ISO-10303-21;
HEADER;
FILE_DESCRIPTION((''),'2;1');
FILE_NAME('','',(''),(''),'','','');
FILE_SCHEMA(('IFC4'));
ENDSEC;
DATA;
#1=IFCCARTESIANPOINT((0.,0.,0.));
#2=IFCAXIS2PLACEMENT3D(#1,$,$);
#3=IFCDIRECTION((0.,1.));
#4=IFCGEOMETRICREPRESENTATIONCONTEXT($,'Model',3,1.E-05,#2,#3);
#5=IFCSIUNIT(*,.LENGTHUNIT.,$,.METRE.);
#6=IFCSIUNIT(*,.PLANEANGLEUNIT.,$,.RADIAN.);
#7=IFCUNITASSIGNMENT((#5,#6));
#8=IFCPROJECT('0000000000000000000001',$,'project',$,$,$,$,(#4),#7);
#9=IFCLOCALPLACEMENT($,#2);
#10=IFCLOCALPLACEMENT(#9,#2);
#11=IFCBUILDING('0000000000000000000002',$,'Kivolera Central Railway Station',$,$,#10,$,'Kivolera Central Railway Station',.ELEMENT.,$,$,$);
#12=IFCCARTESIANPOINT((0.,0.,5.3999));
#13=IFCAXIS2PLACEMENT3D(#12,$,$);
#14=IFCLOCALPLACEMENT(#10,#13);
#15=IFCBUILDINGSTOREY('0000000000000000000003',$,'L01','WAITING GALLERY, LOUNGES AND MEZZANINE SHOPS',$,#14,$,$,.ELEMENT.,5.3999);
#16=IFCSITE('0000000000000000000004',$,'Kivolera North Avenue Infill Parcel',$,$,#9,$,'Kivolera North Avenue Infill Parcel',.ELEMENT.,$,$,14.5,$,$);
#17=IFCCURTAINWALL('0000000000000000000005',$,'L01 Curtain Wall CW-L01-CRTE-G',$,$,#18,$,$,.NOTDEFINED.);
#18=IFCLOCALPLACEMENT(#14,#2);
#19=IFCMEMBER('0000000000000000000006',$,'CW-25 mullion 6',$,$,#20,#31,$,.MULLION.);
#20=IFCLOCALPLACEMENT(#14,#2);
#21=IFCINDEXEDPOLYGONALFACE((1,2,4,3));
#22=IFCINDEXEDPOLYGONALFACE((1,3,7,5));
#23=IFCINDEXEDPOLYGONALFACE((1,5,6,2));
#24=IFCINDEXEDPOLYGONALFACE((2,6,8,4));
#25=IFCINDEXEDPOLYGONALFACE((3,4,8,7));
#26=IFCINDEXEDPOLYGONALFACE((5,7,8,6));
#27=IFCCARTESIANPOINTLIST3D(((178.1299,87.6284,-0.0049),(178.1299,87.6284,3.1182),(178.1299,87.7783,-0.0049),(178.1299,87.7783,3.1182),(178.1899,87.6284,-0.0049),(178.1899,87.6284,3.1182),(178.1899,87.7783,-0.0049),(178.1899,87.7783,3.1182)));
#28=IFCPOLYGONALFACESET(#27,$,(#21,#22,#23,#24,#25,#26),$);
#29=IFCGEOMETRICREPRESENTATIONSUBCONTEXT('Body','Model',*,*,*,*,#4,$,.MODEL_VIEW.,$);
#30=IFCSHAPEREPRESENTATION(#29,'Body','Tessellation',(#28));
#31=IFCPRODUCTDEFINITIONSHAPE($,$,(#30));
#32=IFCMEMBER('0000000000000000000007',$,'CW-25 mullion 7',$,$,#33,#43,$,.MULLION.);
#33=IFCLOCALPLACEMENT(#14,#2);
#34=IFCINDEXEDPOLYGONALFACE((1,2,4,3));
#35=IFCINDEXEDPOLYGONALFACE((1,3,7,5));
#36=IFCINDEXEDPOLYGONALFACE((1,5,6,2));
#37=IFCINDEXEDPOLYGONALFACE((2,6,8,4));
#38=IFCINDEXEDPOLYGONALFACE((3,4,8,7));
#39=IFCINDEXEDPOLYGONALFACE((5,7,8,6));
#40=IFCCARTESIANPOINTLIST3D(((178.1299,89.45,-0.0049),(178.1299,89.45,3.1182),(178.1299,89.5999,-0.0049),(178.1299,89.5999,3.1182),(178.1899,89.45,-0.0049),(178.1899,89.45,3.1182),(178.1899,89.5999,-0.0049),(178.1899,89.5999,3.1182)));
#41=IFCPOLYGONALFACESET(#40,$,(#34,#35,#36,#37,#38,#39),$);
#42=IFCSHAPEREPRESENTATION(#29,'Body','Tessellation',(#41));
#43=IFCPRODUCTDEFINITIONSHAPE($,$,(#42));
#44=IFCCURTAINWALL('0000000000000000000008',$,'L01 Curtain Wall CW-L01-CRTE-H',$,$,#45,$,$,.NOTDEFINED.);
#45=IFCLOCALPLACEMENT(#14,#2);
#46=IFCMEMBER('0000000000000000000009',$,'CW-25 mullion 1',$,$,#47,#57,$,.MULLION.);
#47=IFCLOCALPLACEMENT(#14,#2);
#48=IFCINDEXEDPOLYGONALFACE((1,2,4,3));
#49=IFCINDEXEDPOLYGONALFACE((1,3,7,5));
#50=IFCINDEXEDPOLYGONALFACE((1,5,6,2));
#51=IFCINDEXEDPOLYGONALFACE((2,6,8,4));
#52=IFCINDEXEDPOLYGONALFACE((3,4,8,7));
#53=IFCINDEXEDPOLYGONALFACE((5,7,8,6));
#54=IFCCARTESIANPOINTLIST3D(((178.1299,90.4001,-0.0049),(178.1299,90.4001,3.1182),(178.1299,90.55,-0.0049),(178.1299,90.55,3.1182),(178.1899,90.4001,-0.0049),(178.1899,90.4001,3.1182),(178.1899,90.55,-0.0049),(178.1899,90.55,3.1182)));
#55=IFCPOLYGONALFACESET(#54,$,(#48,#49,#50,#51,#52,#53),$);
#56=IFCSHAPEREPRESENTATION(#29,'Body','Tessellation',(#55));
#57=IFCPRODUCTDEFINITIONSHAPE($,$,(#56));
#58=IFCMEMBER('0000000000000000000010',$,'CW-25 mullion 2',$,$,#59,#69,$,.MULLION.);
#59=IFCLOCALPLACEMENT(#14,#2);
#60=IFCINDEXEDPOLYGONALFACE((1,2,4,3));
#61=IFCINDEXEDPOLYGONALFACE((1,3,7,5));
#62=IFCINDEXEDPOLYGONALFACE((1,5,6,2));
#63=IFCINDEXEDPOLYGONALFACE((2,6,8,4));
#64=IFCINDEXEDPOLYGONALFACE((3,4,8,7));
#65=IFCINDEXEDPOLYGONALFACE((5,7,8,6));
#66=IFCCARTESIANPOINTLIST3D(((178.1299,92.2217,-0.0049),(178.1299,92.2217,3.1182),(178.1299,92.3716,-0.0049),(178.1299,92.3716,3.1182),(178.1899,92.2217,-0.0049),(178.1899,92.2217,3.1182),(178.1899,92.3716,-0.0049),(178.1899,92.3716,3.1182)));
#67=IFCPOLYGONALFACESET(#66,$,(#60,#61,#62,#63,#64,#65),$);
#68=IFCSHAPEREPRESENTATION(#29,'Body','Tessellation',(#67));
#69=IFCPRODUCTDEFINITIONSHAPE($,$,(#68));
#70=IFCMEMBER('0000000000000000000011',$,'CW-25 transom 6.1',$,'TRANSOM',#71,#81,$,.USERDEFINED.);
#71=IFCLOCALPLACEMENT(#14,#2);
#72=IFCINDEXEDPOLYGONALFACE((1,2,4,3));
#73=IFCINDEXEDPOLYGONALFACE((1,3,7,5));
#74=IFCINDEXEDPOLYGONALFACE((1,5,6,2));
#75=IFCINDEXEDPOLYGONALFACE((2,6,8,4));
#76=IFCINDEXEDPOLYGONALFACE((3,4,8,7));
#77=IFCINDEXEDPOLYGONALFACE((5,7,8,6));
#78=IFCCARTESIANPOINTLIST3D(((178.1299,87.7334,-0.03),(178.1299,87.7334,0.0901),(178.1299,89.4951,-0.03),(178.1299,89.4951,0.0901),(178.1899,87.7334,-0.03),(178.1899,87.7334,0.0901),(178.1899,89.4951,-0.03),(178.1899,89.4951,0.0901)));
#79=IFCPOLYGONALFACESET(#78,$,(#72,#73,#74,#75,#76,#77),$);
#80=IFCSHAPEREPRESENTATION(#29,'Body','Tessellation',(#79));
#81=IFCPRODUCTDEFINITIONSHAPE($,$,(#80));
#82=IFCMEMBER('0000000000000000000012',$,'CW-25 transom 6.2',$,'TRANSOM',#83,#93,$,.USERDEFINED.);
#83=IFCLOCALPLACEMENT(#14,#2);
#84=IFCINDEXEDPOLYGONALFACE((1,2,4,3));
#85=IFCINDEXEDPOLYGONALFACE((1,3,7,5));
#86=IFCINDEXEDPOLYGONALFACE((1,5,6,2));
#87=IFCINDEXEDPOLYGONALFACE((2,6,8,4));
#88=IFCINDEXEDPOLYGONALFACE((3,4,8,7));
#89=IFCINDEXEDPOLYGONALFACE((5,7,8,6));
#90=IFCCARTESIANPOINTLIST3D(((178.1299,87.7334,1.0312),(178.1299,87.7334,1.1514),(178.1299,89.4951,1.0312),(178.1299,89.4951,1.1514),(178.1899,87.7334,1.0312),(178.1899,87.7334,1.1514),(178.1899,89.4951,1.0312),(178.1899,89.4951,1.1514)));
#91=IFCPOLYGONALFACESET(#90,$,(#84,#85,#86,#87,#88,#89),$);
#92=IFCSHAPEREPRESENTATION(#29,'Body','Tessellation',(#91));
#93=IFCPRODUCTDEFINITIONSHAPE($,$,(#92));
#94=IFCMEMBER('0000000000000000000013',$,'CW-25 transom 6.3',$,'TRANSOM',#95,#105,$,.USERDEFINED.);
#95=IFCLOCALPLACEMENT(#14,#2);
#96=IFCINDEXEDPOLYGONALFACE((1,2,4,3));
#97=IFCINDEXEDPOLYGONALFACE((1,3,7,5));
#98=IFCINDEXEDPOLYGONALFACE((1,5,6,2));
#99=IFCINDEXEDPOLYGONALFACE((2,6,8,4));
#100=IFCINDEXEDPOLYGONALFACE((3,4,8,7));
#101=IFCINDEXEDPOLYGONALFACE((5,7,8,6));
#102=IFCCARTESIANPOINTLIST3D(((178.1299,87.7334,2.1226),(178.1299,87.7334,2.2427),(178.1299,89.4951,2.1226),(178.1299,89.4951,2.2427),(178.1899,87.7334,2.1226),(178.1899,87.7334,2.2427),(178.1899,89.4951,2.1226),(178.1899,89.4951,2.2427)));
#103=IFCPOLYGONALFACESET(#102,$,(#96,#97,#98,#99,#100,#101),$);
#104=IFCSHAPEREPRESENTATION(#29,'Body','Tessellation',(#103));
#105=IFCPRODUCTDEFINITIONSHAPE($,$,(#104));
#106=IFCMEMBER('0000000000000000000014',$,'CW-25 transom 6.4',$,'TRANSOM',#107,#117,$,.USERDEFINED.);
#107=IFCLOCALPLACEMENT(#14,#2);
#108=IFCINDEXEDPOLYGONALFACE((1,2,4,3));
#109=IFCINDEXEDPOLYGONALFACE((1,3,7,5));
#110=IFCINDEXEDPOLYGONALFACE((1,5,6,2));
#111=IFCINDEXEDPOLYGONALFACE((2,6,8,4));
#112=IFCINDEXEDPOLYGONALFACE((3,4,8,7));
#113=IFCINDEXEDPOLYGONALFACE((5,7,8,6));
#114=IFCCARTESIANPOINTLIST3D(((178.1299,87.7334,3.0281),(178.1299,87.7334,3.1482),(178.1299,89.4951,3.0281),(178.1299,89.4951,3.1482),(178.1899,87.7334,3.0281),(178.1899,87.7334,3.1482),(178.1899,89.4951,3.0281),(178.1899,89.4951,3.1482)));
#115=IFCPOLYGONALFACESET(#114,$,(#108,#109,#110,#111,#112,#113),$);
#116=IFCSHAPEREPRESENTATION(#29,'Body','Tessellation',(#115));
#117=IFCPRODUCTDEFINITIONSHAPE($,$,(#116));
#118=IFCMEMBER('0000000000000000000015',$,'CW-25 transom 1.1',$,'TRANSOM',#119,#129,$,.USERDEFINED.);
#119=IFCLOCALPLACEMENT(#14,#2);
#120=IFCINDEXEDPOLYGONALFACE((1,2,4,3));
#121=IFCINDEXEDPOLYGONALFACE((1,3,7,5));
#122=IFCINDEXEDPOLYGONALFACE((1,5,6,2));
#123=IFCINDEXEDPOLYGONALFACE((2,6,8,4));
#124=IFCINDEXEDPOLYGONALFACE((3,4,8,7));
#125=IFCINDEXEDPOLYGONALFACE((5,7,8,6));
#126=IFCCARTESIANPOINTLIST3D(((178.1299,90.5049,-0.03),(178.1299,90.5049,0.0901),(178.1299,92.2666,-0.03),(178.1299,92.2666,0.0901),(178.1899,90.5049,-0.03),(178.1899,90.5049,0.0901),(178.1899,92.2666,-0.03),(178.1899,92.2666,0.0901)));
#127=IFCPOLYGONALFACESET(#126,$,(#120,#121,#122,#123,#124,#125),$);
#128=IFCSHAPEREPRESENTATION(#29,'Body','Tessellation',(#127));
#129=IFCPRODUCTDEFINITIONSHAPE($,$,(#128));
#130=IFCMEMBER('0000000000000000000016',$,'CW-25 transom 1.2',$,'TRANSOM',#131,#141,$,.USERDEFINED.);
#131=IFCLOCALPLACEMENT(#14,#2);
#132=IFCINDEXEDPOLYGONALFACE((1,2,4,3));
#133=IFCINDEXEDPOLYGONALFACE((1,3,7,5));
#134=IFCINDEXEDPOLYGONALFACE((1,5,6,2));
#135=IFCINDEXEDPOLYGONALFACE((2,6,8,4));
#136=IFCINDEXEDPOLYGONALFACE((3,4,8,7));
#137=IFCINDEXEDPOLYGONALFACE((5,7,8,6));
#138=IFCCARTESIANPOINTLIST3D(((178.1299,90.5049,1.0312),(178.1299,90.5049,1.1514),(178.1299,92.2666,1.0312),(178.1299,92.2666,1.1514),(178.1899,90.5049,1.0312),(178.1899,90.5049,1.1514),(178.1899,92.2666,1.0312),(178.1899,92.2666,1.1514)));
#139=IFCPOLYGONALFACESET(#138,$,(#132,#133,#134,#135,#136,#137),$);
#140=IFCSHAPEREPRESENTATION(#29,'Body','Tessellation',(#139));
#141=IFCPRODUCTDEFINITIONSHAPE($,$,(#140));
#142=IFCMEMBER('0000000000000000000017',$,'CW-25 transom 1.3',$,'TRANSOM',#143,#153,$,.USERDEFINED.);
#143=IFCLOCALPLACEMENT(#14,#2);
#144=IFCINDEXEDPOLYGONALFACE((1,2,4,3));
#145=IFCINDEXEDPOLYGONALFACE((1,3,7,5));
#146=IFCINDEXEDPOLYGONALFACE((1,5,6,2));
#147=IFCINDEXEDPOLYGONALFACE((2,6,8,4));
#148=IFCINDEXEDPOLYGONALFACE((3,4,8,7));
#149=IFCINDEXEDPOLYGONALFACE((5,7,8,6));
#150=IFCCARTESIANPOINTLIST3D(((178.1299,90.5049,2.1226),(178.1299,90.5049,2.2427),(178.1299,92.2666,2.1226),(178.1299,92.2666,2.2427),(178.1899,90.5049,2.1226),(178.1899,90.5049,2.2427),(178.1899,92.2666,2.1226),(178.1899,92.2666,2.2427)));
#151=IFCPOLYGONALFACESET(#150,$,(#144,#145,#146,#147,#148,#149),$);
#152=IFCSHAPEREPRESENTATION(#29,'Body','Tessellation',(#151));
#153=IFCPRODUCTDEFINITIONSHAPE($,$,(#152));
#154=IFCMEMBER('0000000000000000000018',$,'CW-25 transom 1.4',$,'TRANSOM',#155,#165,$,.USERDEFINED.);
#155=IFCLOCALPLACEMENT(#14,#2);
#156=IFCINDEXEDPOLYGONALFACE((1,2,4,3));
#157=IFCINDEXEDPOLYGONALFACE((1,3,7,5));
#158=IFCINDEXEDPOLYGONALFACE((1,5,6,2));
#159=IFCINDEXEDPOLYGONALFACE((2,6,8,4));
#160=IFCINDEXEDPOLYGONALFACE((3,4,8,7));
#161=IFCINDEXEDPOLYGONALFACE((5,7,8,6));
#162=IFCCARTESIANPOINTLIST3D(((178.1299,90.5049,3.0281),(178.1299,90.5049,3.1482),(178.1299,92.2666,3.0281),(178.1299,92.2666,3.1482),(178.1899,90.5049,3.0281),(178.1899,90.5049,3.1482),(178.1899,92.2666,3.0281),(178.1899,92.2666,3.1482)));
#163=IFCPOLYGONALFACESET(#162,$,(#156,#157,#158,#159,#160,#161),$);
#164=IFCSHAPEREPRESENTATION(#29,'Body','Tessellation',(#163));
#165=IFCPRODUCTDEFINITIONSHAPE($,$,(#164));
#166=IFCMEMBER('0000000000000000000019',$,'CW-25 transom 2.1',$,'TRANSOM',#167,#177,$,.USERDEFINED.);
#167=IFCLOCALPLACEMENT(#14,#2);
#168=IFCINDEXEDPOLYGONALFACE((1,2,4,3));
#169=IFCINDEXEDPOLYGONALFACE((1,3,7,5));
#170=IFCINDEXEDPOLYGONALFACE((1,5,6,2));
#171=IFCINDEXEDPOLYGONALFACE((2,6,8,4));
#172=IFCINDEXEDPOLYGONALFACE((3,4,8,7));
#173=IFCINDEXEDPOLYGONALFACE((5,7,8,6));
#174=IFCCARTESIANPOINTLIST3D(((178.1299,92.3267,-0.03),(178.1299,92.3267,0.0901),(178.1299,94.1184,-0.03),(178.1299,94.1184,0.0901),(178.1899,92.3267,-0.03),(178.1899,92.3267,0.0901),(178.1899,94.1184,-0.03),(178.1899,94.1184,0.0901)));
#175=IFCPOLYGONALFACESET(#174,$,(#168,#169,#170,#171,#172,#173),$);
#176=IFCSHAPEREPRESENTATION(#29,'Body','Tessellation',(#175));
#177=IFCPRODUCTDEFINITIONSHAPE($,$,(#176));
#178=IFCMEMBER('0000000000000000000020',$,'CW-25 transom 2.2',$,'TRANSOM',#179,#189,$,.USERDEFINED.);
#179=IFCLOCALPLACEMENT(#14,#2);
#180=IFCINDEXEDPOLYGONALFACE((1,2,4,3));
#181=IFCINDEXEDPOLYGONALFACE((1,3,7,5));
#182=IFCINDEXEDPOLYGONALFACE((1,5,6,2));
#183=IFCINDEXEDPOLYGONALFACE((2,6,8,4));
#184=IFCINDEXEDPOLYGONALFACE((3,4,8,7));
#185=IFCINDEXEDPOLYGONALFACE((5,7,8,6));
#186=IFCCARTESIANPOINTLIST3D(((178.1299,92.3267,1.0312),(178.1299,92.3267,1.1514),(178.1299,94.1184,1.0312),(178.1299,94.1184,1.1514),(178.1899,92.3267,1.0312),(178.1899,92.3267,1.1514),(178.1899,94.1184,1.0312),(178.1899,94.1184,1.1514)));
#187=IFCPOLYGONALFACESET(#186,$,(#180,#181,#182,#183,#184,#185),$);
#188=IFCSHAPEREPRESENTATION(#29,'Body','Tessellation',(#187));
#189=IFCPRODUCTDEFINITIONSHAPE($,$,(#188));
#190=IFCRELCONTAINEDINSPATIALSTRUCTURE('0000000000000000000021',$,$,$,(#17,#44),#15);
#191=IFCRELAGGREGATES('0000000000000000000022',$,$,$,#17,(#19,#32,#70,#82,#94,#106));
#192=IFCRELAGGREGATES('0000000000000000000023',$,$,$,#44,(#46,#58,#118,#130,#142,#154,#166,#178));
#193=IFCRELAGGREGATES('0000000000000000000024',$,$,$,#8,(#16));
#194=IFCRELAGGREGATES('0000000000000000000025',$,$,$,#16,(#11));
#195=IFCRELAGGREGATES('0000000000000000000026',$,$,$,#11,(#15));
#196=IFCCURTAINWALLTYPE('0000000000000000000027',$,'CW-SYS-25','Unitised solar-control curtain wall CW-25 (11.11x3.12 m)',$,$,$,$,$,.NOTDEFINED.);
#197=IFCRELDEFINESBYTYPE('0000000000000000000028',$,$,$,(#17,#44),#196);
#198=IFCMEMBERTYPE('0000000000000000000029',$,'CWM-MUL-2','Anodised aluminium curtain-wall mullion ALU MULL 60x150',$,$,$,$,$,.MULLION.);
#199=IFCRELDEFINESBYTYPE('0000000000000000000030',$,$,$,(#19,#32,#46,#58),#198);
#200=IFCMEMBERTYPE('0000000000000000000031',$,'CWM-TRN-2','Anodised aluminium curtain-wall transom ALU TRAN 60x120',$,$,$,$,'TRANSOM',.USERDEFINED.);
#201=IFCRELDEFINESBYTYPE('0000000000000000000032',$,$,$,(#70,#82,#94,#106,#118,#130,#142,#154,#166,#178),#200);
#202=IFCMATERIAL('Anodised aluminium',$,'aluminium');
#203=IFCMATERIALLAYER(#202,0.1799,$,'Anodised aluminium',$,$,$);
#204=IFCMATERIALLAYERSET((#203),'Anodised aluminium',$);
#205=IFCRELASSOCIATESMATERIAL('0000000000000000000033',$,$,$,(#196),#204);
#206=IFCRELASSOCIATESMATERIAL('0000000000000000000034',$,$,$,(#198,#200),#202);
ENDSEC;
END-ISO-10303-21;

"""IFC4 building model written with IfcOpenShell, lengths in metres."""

from ifc_helpers import new_model, si_unit, direction, frame, origin, origin_2d, place, context, subcontext, project, spatial, rectangle, extrude, material, layer, layer_set, material_profile, profile_set, type_object, element, aggregate, save


model = new_model("IFC4")

# Units and contexts
model_context = context("Model", 3, precision=1e-05, world=origin(), true_north=direction((0.0, 1.0)))
body_context = subcontext(model_context, "Body", "Model", "MODEL_VIEW")
ifc_project = project(units=[si_unit("LENGTHUNIT", "METRE"), si_unit("PLANEANGLEUNIT", "RADIAN")], contexts=[model_context])

# Site, building, storey
site_placement = place(None, origin())
site = spatial("IfcSite", under=ifc_project, at=site_placement, Name="Kivolera North Avenue Infill Parcel", LongName="Kivolera North Avenue Infill Parcel", CompositionType="ELEMENT", RefElevation=14.5)
building_placement = place(site_placement, origin())
building = spatial("IfcBuilding", under=site, at=building_placement, Name="Kivolera Central Railway Station", LongName="Kivolera Central Railway Station", CompositionType="ELEMENT")
storey_placement = place(building_placement, frame((0.0, 0.0, 5.3999)))
storey = spatial("IfcBuildingStorey", under=building, at=storey_placement, Name="L01", Description="WAITING GALLERY, LOUNGES AND MEZZANINE SHOPS", CompositionType="ELEMENT", Elevation=5.3999)

# Curtain walls, members
ifc_material_1 = material(Name="Anodised aluminium", Category="aluminium")
ifc_layer_1 = layer(ifc_material_1, 0.1799, Name="Anodised aluminium")
ifc_layer_set_1 = layer_set([ifc_layer_1], Name="Anodised aluminium")
curtain_wall_type = type_object("IfcCurtainWallType", Name="CW-SYS-25", Description="Unitised solar-control curtain wall CW-25 (11.11x3.12 m)", PredefinedType="NOTDEFINED", material=ifc_layer_set_1)
curtain_wall_1_placement = place(storey_placement, origin())
curtain_wall_1 = element("IfcCurtainWall", 1, at=curtain_wall_1_placement, inside=storey, type_object=curtain_wall_type, Name="L01 Curtain Wall CW-L01-CRTE-G", PredefinedType="NOTDEFINED")
ifc_material_profile_1 = material_profile(ifc_material_1, rectangle(XDim=0.0601, YDim=0.1499, at=origin_2d()), Name="ALU MULL 60x150")
ifc_profile_set_1 = profile_set([ifc_material_profile_1], Name="Anodised aluminium")
member_type_1 = type_object("IfcMemberType", Name="CWM-MUL-2", Description="Anodised aluminium curtain-wall mullion ALU MULL 60x150", PredefinedType="MULLION", material=ifc_profile_set_1)
member_1_placement = place(storey_placement, frame((178.1599, 87.7034, -0.0049), z_axis=(0.0, 0.0, 1.0), x_axis=(-1.0, 0.0, 0.0)))
member_1 = element("IfcMember", 2, at=member_1_placement, type_object=member_type_1, Name="CW-25 mullion 6", PredefinedType="MULLION", context=body_context, shape_type="SweptSolid", body=[
    extrude(rectangle(XDim=0.0601, YDim=0.1499, at=origin_2d()), origin(), (0.0, 0.0, 1.0), 3.123),
])
member_2_placement = place(storey_placement, frame((178.1599, 89.5249, -0.0049), z_axis=(0.0, 0.0, 1.0), x_axis=(-1.0, 0.0, 0.0)))
member_2 = element("IfcMember", 3, at=member_2_placement, type_object=member_type_1, Name="CW-25 mullion 7", PredefinedType="MULLION", context=body_context, shape_type="SweptSolid", body=[
    extrude(rectangle(XDim=0.0601, YDim=0.1499, at=origin_2d()), origin(), (0.0, 0.0, 1.0), 3.123),
])
curtain_wall_2_placement = place(storey_placement, origin())
curtain_wall_2 = element("IfcCurtainWall", 4, at=curtain_wall_2_placement, inside=storey, type_object=curtain_wall_type, Name="L01 Curtain Wall CW-L01-CRTE-H", PredefinedType="NOTDEFINED")
member_3_placement = place(storey_placement, frame((178.1599, 90.4751, -0.0049), z_axis=(0.0, 0.0, 1.0), x_axis=(-1.0, 0.0, 0.0)))
member_3 = element("IfcMember", 5, at=member_3_placement, type_object=member_type_1, Name="CW-25 mullion 1", PredefinedType="MULLION", context=body_context, shape_type="SweptSolid", body=[
    extrude(rectangle(XDim=0.0601, YDim=0.1499, at=origin_2d()), origin(), (0.0, 0.0, 1.0), 3.123),
])
member_4_placement = place(storey_placement, frame((178.1599, 92.2966, -0.0049), z_axis=(0.0, 0.0, 1.0), x_axis=(-1.0, 0.0, 0.0)))
member_4 = element("IfcMember", 6, at=member_4_placement, type_object=member_type_1, Name="CW-25 mullion 2", PredefinedType="MULLION", context=body_context, shape_type="SweptSolid", body=[
    extrude(rectangle(XDim=0.0601, YDim=0.1499, at=origin_2d()), origin(), (0.0, 0.0, 1.0), 3.123),
])

# Members
ifc_material_profile_2 = material_profile(ifc_material_1, rectangle(XDim=0.0601, YDim=0.1201, at=origin_2d()), Name="ALU TRAN 60x120")
ifc_profile_set_2 = profile_set([ifc_material_profile_2], Name="Anodised aluminium")
member_type_2 = type_object("IfcMemberType", Name="CWM-TRN-2", Description="Anodised aluminium curtain-wall transom ALU TRAN 60x120", ElementType="TRANSOM", PredefinedType="USERDEFINED", material=ifc_profile_set_2)
member_5_placement = place(storey_placement, frame((178.1599, 87.7334, 0.03), z_axis=(0.0, 1.0, 0.0), x_axis=(-1.0, 0.0, 0.0)))
member_5 = element("IfcMember", 7, at=member_5_placement, type_object=member_type_2, Name="CW-25 transom 6.1", ObjectType="TRANSOM", PredefinedType="USERDEFINED", context=body_context, shape_type="SweptSolid", body=[
    extrude(rectangle(XDim=0.0601, YDim=0.1201, at=origin_2d()), origin(), (0.0, 0.0, 1.0), 1.7617),
])
member_6_placement = place(storey_placement, frame((178.1599, 87.7334, 1.0913), z_axis=(0.0, 1.0, 0.0), x_axis=(-1.0, 0.0, 0.0)))
member_6 = element("IfcMember", 8, at=member_6_placement, type_object=member_type_2, Name="CW-25 transom 6.2", ObjectType="TRANSOM", PredefinedType="USERDEFINED", context=body_context, shape_type="SweptSolid", body=[
    extrude(rectangle(XDim=0.0601, YDim=0.1201, at=origin_2d()), origin(), (0.0, 0.0, 1.0), 1.7617),
])
member_7_placement = place(storey_placement, frame((178.1599, 87.7334, 2.1826), z_axis=(0.0, 1.0, 0.0), x_axis=(-1.0, 0.0, 0.0)))
member_7 = element("IfcMember", 9, at=member_7_placement, type_object=member_type_2, Name="CW-25 transom 6.3", ObjectType="TRANSOM", PredefinedType="USERDEFINED", context=body_context, shape_type="SweptSolid", body=[
    extrude(rectangle(XDim=0.0601, YDim=0.1201, at=origin_2d()), origin(), (0.0, 0.0, 1.0), 1.7617),
])
member_8_placement = place(storey_placement, frame((178.1599, 87.7334, 3.0881), z_axis=(0.0, 1.0, 0.0), x_axis=(-1.0, 0.0, 0.0)))
member_8 = element("IfcMember", 10, at=member_8_placement, type_object=member_type_2, Name="CW-25 transom 6.4", ObjectType="TRANSOM", PredefinedType="USERDEFINED", context=body_context, shape_type="SweptSolid", body=[
    extrude(rectangle(XDim=0.0601, YDim=0.1201, at=origin_2d()), origin(), (0.0, 0.0, 1.0), 1.7617),
])
member_9_placement = place(storey_placement, frame((178.1599, 90.5049, 0.03), z_axis=(0.0, 1.0, 0.0), x_axis=(-1.0, 0.0, 0.0)))
member_9 = element("IfcMember", 11, at=member_9_placement, type_object=member_type_2, Name="CW-25 transom 1.1", ObjectType="TRANSOM", PredefinedType="USERDEFINED", context=body_context, shape_type="SweptSolid", body=[
    extrude(rectangle(XDim=0.0601, YDim=0.1201, at=origin_2d()), origin(), (0.0, 0.0, 1.0), 1.7617),
])
member_10_placement = place(storey_placement, frame((178.1599, 90.5049, 1.0913), z_axis=(0.0, 1.0, 0.0), x_axis=(-1.0, 0.0, 0.0)))
member_10 = element("IfcMember", 12, at=member_10_placement, type_object=member_type_2, Name="CW-25 transom 1.2", ObjectType="TRANSOM", PredefinedType="USERDEFINED", context=body_context, shape_type="SweptSolid", body=[
    extrude(rectangle(XDim=0.0601, YDim=0.1201, at=origin_2d()), origin(), (0.0, 0.0, 1.0), 1.7617),
])
member_11_placement = place(storey_placement, frame((178.1599, 90.5049, 2.1826), z_axis=(0.0, 1.0, 0.0), x_axis=(-1.0, 0.0, 0.0)))
member_11 = element("IfcMember", 13, at=member_11_placement, type_object=member_type_2, Name="CW-25 transom 1.3", ObjectType="TRANSOM", PredefinedType="USERDEFINED", context=body_context, shape_type="SweptSolid", body=[
    extrude(rectangle(XDim=0.0601, YDim=0.1201, at=origin_2d()), origin(), (0.0, 0.0, 1.0), 1.7617),
])
member_12_placement = place(storey_placement, frame((178.1599, 90.5049, 3.0881), z_axis=(0.0, 1.0, 0.0), x_axis=(-1.0, 0.0, 0.0)))
member_12 = element("IfcMember", 14, at=member_12_placement, type_object=member_type_2, Name="CW-25 transom 1.4", ObjectType="TRANSOM", PredefinedType="USERDEFINED", context=body_context, shape_type="SweptSolid", body=[
    extrude(rectangle(XDim=0.0601, YDim=0.1201, at=origin_2d()), origin(), (0.0, 0.0, 1.0), 1.7617),
])
member_13_placement = place(storey_placement, frame((178.1599, 92.3267, 0.03), z_axis=(0.0, 1.0, 0.0), x_axis=(-1.0, 0.0, 0.0)))
member_13 = element("IfcMember", 15, at=member_13_placement, type_object=member_type_2, Name="CW-25 transom 2.1", ObjectType="TRANSOM", PredefinedType="USERDEFINED", context=body_context, shape_type="SweptSolid", body=[
    extrude(rectangle(XDim=0.0601, YDim=0.1201, at=origin_2d()), origin(), (0.0, 0.0, 1.0), 1.7917),
])
member_14_placement = place(storey_placement, frame((178.1599, 92.3267, 1.0913), z_axis=(0.0, 1.0, 0.0), x_axis=(-1.0, 0.0, 0.0)))
member_14 = element("IfcMember", 16, at=member_14_placement, type_object=member_type_2, Name="CW-25 transom 2.2", ObjectType="TRANSOM", PredefinedType="USERDEFINED", context=body_context, shape_type="SweptSolid", body=[
    extrude(rectangle(XDim=0.0601, YDim=0.1201, at=origin_2d()), origin(), (0.0, 0.0, 1.0), 1.7917),
])

aggregate(curtain_wall_1, [member_1, member_2, member_5, member_6, member_7, member_8])
aggregate(curtain_wall_2, [member_3, member_4, member_9, member_10, member_11, member_12, member_13, member_14])

save(model, "model.ifc")
